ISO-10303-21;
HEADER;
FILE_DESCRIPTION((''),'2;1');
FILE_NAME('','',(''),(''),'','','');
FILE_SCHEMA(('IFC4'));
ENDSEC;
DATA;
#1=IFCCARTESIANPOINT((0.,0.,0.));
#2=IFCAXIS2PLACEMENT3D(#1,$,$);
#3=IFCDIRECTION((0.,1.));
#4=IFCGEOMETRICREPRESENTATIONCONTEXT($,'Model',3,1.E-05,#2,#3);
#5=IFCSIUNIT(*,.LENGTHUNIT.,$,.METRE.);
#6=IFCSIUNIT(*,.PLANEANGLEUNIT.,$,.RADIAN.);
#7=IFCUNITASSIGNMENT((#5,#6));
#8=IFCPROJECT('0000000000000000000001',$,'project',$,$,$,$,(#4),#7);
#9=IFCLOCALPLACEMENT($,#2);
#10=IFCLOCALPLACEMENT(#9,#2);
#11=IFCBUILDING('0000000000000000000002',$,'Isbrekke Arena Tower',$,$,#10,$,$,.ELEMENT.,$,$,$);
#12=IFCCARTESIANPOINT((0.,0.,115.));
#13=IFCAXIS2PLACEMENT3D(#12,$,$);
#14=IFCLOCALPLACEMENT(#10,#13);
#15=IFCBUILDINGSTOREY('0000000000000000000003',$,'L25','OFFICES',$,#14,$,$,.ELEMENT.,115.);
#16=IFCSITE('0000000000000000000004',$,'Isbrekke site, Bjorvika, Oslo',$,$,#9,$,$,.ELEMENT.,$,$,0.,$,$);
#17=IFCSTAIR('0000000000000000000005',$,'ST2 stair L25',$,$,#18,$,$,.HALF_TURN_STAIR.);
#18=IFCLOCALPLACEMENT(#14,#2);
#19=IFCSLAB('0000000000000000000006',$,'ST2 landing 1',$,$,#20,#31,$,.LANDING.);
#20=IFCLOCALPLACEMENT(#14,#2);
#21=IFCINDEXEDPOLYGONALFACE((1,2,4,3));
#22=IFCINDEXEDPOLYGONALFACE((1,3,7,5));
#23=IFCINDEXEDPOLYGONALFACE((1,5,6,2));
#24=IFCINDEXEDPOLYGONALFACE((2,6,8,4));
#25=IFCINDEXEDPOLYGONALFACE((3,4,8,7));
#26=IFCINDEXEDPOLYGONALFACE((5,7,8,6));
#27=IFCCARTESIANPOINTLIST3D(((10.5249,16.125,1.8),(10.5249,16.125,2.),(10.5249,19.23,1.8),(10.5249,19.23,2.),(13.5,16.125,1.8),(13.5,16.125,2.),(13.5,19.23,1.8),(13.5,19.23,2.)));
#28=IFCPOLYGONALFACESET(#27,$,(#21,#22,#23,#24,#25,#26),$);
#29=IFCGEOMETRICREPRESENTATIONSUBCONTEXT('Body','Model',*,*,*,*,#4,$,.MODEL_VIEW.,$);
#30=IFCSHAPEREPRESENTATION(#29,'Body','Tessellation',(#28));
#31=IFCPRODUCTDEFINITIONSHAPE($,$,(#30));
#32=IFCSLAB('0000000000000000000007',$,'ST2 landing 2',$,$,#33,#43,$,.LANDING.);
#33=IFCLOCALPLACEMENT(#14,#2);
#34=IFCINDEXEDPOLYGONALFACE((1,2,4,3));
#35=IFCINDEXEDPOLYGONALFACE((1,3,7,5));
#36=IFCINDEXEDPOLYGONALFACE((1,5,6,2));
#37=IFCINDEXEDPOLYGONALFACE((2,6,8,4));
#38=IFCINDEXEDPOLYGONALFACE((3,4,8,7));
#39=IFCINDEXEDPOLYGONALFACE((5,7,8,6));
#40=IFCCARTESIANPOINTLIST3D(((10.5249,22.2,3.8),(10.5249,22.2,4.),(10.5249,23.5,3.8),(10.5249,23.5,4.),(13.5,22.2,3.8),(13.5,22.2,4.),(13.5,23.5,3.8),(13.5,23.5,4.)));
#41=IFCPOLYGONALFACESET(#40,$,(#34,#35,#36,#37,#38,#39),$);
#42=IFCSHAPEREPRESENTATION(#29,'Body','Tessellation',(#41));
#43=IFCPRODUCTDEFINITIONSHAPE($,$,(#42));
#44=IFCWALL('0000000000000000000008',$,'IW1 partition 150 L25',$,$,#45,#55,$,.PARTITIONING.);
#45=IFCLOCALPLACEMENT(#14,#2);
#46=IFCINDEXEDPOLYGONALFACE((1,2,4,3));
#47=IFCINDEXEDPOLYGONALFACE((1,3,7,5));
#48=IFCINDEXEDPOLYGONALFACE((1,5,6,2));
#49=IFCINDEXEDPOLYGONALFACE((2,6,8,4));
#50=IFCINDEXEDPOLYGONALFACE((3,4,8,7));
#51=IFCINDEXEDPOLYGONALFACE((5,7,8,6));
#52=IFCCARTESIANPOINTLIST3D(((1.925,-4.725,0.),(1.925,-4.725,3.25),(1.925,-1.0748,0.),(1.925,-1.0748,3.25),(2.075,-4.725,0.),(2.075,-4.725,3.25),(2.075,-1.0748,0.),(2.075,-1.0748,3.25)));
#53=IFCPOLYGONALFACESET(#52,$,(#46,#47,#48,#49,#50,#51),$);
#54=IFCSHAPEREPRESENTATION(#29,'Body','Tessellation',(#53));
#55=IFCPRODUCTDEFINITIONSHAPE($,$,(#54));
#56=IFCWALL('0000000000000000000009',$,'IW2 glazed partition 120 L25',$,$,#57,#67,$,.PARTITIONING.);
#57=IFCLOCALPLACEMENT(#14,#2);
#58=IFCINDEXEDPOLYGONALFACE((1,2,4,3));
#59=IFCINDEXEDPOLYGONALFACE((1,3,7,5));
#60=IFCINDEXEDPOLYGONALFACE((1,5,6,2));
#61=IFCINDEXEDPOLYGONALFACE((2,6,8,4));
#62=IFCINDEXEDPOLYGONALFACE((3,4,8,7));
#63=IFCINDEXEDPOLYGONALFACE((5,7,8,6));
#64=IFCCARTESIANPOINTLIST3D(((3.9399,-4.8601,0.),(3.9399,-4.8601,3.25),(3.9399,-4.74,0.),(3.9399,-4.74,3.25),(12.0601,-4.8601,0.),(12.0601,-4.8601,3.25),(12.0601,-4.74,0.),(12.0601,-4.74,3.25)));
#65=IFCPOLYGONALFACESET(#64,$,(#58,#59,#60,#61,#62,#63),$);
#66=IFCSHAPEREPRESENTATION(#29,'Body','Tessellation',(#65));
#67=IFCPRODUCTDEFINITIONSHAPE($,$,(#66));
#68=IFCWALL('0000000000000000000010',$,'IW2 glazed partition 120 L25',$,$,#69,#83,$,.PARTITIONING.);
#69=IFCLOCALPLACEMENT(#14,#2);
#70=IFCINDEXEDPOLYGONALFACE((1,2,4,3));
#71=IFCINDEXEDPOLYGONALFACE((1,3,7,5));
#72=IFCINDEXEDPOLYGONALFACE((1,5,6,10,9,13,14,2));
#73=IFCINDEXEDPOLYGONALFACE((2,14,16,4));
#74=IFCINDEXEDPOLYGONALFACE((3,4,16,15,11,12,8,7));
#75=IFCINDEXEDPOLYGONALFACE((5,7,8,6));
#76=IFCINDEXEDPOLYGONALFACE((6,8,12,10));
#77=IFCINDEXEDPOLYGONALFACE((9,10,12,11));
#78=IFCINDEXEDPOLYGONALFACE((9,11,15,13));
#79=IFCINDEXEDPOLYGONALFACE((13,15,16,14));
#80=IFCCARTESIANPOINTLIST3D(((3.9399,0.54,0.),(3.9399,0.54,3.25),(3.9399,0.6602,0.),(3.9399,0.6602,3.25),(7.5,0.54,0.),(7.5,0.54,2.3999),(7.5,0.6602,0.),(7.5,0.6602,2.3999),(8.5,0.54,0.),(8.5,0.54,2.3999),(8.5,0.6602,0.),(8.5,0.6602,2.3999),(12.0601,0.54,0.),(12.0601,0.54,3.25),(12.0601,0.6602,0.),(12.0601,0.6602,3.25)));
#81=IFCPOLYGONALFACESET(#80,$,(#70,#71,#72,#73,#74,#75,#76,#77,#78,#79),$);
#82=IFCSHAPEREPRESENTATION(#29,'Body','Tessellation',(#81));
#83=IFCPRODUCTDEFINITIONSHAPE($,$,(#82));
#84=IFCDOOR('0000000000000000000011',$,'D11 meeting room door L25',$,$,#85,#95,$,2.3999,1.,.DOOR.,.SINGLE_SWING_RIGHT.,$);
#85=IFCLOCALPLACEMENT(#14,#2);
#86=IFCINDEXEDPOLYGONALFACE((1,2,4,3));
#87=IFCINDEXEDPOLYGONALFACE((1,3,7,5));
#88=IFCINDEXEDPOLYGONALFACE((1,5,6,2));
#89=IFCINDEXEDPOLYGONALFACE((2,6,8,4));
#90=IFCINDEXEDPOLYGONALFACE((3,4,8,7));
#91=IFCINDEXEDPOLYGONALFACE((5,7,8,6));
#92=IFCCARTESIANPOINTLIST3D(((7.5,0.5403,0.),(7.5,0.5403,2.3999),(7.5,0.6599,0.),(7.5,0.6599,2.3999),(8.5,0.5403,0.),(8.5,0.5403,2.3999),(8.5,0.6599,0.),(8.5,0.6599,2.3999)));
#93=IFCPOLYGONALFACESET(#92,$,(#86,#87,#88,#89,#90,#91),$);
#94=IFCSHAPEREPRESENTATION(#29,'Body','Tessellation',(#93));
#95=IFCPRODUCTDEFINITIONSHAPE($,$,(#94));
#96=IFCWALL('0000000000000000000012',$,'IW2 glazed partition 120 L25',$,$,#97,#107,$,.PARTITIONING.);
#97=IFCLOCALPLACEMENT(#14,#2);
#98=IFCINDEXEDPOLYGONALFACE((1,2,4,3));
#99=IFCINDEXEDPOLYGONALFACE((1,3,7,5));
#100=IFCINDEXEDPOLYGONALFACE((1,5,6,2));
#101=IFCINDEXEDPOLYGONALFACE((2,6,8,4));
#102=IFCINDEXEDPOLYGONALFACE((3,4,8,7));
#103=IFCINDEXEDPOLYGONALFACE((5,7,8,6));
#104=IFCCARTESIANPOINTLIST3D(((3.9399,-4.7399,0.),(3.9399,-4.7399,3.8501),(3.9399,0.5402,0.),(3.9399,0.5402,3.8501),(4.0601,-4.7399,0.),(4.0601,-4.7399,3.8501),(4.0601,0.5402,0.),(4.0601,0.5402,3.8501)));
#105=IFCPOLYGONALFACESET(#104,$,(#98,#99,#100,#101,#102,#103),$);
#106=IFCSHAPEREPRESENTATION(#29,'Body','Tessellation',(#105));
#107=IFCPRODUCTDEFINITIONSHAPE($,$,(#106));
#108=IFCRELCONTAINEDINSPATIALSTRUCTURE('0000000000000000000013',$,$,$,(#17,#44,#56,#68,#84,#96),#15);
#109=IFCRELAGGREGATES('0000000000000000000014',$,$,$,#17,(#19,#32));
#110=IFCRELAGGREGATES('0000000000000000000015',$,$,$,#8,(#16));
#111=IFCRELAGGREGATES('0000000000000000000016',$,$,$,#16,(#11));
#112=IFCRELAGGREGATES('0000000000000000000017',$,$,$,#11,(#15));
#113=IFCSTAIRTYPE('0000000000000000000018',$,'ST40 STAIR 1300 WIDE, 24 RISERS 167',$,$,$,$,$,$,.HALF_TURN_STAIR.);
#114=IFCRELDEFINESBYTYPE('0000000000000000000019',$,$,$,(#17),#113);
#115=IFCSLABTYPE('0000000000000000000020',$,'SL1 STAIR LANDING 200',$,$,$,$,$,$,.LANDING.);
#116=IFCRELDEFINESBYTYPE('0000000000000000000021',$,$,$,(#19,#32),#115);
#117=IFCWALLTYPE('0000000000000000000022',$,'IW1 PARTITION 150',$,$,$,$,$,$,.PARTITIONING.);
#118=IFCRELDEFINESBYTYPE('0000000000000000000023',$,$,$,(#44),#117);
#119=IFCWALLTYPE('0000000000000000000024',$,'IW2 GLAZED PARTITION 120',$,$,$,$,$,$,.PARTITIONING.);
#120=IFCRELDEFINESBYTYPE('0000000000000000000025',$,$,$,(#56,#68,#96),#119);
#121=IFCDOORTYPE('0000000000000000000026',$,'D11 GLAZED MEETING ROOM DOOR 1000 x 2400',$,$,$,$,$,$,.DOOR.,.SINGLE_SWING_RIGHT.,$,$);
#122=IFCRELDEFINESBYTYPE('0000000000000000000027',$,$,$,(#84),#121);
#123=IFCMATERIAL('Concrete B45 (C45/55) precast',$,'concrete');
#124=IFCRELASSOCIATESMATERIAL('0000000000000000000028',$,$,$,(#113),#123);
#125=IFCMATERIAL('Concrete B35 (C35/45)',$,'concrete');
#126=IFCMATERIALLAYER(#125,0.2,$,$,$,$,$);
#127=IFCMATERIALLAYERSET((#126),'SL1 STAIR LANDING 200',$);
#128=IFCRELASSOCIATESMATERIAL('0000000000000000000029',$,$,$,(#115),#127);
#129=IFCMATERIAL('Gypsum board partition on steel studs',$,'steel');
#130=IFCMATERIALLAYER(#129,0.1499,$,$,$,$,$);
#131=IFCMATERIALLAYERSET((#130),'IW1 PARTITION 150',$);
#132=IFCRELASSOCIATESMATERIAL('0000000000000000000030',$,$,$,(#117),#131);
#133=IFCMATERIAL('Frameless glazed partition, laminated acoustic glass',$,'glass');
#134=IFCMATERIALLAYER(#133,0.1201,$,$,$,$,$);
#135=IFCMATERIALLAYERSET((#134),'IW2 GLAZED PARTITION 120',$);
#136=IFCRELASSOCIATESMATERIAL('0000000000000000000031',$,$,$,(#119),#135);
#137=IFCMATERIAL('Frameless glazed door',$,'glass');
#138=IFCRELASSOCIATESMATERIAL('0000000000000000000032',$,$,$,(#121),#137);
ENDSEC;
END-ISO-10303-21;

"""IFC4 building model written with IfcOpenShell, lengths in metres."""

from ifc_helpers import new_model, si_unit, direction, frame, frame_2d, origin, place, context, subcontext, project, spatial, polyline, rectangle, outline, extrude, material, layer, layer_set, type_object, element, fill, aggregate, save


model = new_model("IFC4")

# Units and contexts
model_context = context("Model", 3, precision=1e-05, world=origin(), true_north=direction((0.0, 1.0)))
body_context = subcontext(model_context, "Body", "Model", "MODEL_VIEW")
ifc_project = project(units=[si_unit("LENGTHUNIT", "METRE"), si_unit("PLANEANGLEUNIT", "RADIAN")], contexts=[model_context])

# Site, building, storey
site_placement = place(None, origin())
site = spatial("IfcSite", under=ifc_project, at=site_placement, Name="Isbrekke site, Bjorvika, Oslo", CompositionType="ELEMENT", RefElevation=0.0)
building_placement = place(site_placement, origin())
building = spatial("IfcBuilding", under=site, at=building_placement, Name="Isbrekke Arena Tower", CompositionType="ELEMENT")
storey_placement = place(building_placement, frame((0.0, 0.0, 115.0)))
storey = spatial("IfcBuildingStorey", under=building, at=storey_placement, Name="L25", Description="OFFICES", CompositionType="ELEMENT", Elevation=115.0)

# Stair, slabs
ifc_material_1 = material(Name="Concrete B45 (C45/55) precast", Category="concrete")
stair_type = type_object("IfcStairType", Name="ST40 STAIR 1300 WIDE, 24 RISERS 167", PredefinedType="HALF_TURN_STAIR", material=ifc_material_1)
ifc_material_2 = material(Name="Concrete B35 (C35/45)", Category="concrete")
ifc_layer_1 = layer(ifc_material_2, 0.2)
ifc_layer_set_1 = layer_set([ifc_layer_1], Name="SL1 STAIR LANDING 200")
slab_type_1 = type_object("IfcSlabType", Name="SL1 STAIR LANDING 200", PredefinedType="LANDING", material=ifc_layer_set_1)
stair_1_placement = place(storey_placement, origin())
stair_1 = element("IfcStair", 1, at=stair_1_placement, inside=storey, type_object=stair_type, Name="ST2 stair L25", PredefinedType="HALF_TURN_STAIR")
slab_1_placement = place(storey_placement, frame((0.0, 0.0, 1.8)))
slab_1 = element("IfcSlab", 2, at=slab_1_placement, type_object=slab_type_1, Name="ST2 landing 1", PredefinedType="LANDING", context=body_context, shape_type="SweptSolid", body=[
    extrude(outline(polyline([(10.5249, 16.125), (13.5, 16.125), (13.5, 19.23), (10.5249, 19.23), (10.5249, 16.125)])), origin(), (0.0, 0.0, 1.0), 0.2),
])
slab_2_placement = place(storey_placement, frame((0.0, 0.0, 3.8)))
slab_2 = element("IfcSlab", 3, at=slab_2_placement, type_object=slab_type_1, Name="ST2 landing 2", PredefinedType="LANDING", context=body_context, shape_type="SweptSolid", body=[
    extrude(outline(polyline([(10.5249, 22.2), (13.5, 22.2), (13.5, 23.5), (10.5249, 23.5), (10.5249, 22.2)])), origin(), (0.0, 0.0, 1.0), 0.2),
])
aggregate(stair_1, [slab_1, slab_2])

# Walls
ifc_material_3 = material(Name="Gypsum board partition on steel studs", Category="steel")
ifc_layer_2 = layer(ifc_material_3, 0.1499)
ifc_layer_set_2 = layer_set([ifc_layer_2], Name="IW1 PARTITION 150")
wall_type_1 = type_object("IfcWallType", Name="IW1 PARTITION 150", PredefinedType="PARTITIONING", material=ifc_layer_set_2)
wall_1_placement = place(storey_placement, frame((2.0, -4.7251, 0.0), z_axis=(0.0, 0.0, 1.0), x_axis=(0.0, 1.0, 0.0)))
element("IfcWall", 4, at=wall_1_placement, inside=storey, type_object=wall_type_1, Name="IW1 partition 150 L25", PredefinedType="PARTITIONING", context=body_context, shape_type="SweptSolid", body=[
    extrude(rectangle(XDim=3.6501, YDim=0.1499, at=frame_2d((1.8252, 0.0))), origin(), (0.0, 0.0, 1.0), 3.25),
])
ifc_material_4 = material(Name="Frameless glazed partition, laminated acoustic glass", Category="glass")
ifc_layer_3 = layer(ifc_material_4, 0.1201)
ifc_layer_set_3 = layer_set([ifc_layer_3], Name="IW2 GLAZED PARTITION 120")
wall_type_2 = type_object("IfcWallType", Name="IW2 GLAZED PARTITION 120", PredefinedType="PARTITIONING", material=ifc_layer_set_3)
wall_2_placement = place(storey_placement, frame((3.9399, -4.8, 0.0), z_axis=(0.0, 0.0, 1.0), x_axis=(1.0, 0.0, 0.0)))
element("IfcWall", 5, at=wall_2_placement, inside=storey, type_object=wall_type_2, Name="IW2 glazed partition 120 L25", PredefinedType="PARTITIONING", context=body_context, shape_type="SweptSolid", body=[
    extrude(rectangle(XDim=8.1201, YDim=0.1201, at=frame_2d((4.0601, 0.0))), origin(), (0.0, 0.0, 1.0), 3.25),
])

# Wall, opening, door
wall_3_placement = place(storey_placement, frame((3.9399, 0.6001, 0.0), z_axis=(0.0, 0.0, 1.0), x_axis=(1.0, 0.0, 0.0)))
wall_3 = element("IfcWall", 6, at=wall_3_placement, inside=storey, type_object=wall_type_2, Name="IW2 glazed partition 120 L25", PredefinedType="PARTITIONING", context=body_context, shape_type="SweptSolid", body=[
    extrude(rectangle(XDim=8.1201, YDim=0.1201, at=frame_2d((4.0601, 0.0))), origin(), (0.0, 0.0, 1.0), 3.25),
])
opening_placement = place(wall_3_placement, frame((3.5601, 0.0, 0.0)))
opening = element("IfcOpeningElement", 7, at=opening_placement, cuts=wall_3, PredefinedType="OPENING", context=body_context, shape_type="SweptSolid", body=[
    extrude(rectangle(XDim=1.0, YDim=2.3999, at=frame_2d((0.5, 1.2))), frame((0.0, 0.075, 0.0), z_axis=(0.0, -1.0, 0.0), x_axis=(1.0, 0.0, 0.0)), (0.0, 0.0, 1.0), 0.1499),
])
ifc_material_5 = material(Name="Frameless glazed door", Category="glass")
door_type = type_object("IfcDoorType", Name="D11 GLAZED MEETING ROOM DOOR 1000 x 2400", OperationType="SINGLE_SWING_RIGHT", PredefinedType="DOOR", material=ifc_material_5)
door_placement = place(opening_placement, origin())
door = element("IfcDoor", 8, at=door_placement, inside=storey, type_object=door_type, Name="D11 meeting room door L25", OperationType="SINGLE_SWING_RIGHT", OverallHeight=2.3999, OverallWidth=1.0, PredefinedType="DOOR", context=body_context, shape_type="SweptSolid", body=[
    extrude(rectangle(XDim=1.0, YDim=2.3999, at=frame_2d((0.5, 1.2))), frame((0.0, 0.0598, 0.0), z_axis=(0.0, -1.0, 0.0), x_axis=(1.0, 0.0, 0.0)), (0.0, 0.0, 1.0), 0.1196),
])
fill(opening, door)

# Wall
wall_4_placement = place(storey_placement, frame((4.0, -4.74, 0.0), z_axis=(0.0, 0.0, 1.0), x_axis=(0.0, 1.0, 0.0)))
element("IfcWall", 9, at=wall_4_placement, inside=storey, type_object=wall_type_2, Name="IW2 glazed partition 120 L25", PredefinedType="PARTITIONING", context=body_context, shape_type="SweptSolid", body=[
    extrude(rectangle(XDim=5.28, YDim=0.1201, at=frame_2d((2.6401, 0.0))), origin(), (0.0, 0.0, 1.0), 3.8501),
])

save(model, "model.ifc")
